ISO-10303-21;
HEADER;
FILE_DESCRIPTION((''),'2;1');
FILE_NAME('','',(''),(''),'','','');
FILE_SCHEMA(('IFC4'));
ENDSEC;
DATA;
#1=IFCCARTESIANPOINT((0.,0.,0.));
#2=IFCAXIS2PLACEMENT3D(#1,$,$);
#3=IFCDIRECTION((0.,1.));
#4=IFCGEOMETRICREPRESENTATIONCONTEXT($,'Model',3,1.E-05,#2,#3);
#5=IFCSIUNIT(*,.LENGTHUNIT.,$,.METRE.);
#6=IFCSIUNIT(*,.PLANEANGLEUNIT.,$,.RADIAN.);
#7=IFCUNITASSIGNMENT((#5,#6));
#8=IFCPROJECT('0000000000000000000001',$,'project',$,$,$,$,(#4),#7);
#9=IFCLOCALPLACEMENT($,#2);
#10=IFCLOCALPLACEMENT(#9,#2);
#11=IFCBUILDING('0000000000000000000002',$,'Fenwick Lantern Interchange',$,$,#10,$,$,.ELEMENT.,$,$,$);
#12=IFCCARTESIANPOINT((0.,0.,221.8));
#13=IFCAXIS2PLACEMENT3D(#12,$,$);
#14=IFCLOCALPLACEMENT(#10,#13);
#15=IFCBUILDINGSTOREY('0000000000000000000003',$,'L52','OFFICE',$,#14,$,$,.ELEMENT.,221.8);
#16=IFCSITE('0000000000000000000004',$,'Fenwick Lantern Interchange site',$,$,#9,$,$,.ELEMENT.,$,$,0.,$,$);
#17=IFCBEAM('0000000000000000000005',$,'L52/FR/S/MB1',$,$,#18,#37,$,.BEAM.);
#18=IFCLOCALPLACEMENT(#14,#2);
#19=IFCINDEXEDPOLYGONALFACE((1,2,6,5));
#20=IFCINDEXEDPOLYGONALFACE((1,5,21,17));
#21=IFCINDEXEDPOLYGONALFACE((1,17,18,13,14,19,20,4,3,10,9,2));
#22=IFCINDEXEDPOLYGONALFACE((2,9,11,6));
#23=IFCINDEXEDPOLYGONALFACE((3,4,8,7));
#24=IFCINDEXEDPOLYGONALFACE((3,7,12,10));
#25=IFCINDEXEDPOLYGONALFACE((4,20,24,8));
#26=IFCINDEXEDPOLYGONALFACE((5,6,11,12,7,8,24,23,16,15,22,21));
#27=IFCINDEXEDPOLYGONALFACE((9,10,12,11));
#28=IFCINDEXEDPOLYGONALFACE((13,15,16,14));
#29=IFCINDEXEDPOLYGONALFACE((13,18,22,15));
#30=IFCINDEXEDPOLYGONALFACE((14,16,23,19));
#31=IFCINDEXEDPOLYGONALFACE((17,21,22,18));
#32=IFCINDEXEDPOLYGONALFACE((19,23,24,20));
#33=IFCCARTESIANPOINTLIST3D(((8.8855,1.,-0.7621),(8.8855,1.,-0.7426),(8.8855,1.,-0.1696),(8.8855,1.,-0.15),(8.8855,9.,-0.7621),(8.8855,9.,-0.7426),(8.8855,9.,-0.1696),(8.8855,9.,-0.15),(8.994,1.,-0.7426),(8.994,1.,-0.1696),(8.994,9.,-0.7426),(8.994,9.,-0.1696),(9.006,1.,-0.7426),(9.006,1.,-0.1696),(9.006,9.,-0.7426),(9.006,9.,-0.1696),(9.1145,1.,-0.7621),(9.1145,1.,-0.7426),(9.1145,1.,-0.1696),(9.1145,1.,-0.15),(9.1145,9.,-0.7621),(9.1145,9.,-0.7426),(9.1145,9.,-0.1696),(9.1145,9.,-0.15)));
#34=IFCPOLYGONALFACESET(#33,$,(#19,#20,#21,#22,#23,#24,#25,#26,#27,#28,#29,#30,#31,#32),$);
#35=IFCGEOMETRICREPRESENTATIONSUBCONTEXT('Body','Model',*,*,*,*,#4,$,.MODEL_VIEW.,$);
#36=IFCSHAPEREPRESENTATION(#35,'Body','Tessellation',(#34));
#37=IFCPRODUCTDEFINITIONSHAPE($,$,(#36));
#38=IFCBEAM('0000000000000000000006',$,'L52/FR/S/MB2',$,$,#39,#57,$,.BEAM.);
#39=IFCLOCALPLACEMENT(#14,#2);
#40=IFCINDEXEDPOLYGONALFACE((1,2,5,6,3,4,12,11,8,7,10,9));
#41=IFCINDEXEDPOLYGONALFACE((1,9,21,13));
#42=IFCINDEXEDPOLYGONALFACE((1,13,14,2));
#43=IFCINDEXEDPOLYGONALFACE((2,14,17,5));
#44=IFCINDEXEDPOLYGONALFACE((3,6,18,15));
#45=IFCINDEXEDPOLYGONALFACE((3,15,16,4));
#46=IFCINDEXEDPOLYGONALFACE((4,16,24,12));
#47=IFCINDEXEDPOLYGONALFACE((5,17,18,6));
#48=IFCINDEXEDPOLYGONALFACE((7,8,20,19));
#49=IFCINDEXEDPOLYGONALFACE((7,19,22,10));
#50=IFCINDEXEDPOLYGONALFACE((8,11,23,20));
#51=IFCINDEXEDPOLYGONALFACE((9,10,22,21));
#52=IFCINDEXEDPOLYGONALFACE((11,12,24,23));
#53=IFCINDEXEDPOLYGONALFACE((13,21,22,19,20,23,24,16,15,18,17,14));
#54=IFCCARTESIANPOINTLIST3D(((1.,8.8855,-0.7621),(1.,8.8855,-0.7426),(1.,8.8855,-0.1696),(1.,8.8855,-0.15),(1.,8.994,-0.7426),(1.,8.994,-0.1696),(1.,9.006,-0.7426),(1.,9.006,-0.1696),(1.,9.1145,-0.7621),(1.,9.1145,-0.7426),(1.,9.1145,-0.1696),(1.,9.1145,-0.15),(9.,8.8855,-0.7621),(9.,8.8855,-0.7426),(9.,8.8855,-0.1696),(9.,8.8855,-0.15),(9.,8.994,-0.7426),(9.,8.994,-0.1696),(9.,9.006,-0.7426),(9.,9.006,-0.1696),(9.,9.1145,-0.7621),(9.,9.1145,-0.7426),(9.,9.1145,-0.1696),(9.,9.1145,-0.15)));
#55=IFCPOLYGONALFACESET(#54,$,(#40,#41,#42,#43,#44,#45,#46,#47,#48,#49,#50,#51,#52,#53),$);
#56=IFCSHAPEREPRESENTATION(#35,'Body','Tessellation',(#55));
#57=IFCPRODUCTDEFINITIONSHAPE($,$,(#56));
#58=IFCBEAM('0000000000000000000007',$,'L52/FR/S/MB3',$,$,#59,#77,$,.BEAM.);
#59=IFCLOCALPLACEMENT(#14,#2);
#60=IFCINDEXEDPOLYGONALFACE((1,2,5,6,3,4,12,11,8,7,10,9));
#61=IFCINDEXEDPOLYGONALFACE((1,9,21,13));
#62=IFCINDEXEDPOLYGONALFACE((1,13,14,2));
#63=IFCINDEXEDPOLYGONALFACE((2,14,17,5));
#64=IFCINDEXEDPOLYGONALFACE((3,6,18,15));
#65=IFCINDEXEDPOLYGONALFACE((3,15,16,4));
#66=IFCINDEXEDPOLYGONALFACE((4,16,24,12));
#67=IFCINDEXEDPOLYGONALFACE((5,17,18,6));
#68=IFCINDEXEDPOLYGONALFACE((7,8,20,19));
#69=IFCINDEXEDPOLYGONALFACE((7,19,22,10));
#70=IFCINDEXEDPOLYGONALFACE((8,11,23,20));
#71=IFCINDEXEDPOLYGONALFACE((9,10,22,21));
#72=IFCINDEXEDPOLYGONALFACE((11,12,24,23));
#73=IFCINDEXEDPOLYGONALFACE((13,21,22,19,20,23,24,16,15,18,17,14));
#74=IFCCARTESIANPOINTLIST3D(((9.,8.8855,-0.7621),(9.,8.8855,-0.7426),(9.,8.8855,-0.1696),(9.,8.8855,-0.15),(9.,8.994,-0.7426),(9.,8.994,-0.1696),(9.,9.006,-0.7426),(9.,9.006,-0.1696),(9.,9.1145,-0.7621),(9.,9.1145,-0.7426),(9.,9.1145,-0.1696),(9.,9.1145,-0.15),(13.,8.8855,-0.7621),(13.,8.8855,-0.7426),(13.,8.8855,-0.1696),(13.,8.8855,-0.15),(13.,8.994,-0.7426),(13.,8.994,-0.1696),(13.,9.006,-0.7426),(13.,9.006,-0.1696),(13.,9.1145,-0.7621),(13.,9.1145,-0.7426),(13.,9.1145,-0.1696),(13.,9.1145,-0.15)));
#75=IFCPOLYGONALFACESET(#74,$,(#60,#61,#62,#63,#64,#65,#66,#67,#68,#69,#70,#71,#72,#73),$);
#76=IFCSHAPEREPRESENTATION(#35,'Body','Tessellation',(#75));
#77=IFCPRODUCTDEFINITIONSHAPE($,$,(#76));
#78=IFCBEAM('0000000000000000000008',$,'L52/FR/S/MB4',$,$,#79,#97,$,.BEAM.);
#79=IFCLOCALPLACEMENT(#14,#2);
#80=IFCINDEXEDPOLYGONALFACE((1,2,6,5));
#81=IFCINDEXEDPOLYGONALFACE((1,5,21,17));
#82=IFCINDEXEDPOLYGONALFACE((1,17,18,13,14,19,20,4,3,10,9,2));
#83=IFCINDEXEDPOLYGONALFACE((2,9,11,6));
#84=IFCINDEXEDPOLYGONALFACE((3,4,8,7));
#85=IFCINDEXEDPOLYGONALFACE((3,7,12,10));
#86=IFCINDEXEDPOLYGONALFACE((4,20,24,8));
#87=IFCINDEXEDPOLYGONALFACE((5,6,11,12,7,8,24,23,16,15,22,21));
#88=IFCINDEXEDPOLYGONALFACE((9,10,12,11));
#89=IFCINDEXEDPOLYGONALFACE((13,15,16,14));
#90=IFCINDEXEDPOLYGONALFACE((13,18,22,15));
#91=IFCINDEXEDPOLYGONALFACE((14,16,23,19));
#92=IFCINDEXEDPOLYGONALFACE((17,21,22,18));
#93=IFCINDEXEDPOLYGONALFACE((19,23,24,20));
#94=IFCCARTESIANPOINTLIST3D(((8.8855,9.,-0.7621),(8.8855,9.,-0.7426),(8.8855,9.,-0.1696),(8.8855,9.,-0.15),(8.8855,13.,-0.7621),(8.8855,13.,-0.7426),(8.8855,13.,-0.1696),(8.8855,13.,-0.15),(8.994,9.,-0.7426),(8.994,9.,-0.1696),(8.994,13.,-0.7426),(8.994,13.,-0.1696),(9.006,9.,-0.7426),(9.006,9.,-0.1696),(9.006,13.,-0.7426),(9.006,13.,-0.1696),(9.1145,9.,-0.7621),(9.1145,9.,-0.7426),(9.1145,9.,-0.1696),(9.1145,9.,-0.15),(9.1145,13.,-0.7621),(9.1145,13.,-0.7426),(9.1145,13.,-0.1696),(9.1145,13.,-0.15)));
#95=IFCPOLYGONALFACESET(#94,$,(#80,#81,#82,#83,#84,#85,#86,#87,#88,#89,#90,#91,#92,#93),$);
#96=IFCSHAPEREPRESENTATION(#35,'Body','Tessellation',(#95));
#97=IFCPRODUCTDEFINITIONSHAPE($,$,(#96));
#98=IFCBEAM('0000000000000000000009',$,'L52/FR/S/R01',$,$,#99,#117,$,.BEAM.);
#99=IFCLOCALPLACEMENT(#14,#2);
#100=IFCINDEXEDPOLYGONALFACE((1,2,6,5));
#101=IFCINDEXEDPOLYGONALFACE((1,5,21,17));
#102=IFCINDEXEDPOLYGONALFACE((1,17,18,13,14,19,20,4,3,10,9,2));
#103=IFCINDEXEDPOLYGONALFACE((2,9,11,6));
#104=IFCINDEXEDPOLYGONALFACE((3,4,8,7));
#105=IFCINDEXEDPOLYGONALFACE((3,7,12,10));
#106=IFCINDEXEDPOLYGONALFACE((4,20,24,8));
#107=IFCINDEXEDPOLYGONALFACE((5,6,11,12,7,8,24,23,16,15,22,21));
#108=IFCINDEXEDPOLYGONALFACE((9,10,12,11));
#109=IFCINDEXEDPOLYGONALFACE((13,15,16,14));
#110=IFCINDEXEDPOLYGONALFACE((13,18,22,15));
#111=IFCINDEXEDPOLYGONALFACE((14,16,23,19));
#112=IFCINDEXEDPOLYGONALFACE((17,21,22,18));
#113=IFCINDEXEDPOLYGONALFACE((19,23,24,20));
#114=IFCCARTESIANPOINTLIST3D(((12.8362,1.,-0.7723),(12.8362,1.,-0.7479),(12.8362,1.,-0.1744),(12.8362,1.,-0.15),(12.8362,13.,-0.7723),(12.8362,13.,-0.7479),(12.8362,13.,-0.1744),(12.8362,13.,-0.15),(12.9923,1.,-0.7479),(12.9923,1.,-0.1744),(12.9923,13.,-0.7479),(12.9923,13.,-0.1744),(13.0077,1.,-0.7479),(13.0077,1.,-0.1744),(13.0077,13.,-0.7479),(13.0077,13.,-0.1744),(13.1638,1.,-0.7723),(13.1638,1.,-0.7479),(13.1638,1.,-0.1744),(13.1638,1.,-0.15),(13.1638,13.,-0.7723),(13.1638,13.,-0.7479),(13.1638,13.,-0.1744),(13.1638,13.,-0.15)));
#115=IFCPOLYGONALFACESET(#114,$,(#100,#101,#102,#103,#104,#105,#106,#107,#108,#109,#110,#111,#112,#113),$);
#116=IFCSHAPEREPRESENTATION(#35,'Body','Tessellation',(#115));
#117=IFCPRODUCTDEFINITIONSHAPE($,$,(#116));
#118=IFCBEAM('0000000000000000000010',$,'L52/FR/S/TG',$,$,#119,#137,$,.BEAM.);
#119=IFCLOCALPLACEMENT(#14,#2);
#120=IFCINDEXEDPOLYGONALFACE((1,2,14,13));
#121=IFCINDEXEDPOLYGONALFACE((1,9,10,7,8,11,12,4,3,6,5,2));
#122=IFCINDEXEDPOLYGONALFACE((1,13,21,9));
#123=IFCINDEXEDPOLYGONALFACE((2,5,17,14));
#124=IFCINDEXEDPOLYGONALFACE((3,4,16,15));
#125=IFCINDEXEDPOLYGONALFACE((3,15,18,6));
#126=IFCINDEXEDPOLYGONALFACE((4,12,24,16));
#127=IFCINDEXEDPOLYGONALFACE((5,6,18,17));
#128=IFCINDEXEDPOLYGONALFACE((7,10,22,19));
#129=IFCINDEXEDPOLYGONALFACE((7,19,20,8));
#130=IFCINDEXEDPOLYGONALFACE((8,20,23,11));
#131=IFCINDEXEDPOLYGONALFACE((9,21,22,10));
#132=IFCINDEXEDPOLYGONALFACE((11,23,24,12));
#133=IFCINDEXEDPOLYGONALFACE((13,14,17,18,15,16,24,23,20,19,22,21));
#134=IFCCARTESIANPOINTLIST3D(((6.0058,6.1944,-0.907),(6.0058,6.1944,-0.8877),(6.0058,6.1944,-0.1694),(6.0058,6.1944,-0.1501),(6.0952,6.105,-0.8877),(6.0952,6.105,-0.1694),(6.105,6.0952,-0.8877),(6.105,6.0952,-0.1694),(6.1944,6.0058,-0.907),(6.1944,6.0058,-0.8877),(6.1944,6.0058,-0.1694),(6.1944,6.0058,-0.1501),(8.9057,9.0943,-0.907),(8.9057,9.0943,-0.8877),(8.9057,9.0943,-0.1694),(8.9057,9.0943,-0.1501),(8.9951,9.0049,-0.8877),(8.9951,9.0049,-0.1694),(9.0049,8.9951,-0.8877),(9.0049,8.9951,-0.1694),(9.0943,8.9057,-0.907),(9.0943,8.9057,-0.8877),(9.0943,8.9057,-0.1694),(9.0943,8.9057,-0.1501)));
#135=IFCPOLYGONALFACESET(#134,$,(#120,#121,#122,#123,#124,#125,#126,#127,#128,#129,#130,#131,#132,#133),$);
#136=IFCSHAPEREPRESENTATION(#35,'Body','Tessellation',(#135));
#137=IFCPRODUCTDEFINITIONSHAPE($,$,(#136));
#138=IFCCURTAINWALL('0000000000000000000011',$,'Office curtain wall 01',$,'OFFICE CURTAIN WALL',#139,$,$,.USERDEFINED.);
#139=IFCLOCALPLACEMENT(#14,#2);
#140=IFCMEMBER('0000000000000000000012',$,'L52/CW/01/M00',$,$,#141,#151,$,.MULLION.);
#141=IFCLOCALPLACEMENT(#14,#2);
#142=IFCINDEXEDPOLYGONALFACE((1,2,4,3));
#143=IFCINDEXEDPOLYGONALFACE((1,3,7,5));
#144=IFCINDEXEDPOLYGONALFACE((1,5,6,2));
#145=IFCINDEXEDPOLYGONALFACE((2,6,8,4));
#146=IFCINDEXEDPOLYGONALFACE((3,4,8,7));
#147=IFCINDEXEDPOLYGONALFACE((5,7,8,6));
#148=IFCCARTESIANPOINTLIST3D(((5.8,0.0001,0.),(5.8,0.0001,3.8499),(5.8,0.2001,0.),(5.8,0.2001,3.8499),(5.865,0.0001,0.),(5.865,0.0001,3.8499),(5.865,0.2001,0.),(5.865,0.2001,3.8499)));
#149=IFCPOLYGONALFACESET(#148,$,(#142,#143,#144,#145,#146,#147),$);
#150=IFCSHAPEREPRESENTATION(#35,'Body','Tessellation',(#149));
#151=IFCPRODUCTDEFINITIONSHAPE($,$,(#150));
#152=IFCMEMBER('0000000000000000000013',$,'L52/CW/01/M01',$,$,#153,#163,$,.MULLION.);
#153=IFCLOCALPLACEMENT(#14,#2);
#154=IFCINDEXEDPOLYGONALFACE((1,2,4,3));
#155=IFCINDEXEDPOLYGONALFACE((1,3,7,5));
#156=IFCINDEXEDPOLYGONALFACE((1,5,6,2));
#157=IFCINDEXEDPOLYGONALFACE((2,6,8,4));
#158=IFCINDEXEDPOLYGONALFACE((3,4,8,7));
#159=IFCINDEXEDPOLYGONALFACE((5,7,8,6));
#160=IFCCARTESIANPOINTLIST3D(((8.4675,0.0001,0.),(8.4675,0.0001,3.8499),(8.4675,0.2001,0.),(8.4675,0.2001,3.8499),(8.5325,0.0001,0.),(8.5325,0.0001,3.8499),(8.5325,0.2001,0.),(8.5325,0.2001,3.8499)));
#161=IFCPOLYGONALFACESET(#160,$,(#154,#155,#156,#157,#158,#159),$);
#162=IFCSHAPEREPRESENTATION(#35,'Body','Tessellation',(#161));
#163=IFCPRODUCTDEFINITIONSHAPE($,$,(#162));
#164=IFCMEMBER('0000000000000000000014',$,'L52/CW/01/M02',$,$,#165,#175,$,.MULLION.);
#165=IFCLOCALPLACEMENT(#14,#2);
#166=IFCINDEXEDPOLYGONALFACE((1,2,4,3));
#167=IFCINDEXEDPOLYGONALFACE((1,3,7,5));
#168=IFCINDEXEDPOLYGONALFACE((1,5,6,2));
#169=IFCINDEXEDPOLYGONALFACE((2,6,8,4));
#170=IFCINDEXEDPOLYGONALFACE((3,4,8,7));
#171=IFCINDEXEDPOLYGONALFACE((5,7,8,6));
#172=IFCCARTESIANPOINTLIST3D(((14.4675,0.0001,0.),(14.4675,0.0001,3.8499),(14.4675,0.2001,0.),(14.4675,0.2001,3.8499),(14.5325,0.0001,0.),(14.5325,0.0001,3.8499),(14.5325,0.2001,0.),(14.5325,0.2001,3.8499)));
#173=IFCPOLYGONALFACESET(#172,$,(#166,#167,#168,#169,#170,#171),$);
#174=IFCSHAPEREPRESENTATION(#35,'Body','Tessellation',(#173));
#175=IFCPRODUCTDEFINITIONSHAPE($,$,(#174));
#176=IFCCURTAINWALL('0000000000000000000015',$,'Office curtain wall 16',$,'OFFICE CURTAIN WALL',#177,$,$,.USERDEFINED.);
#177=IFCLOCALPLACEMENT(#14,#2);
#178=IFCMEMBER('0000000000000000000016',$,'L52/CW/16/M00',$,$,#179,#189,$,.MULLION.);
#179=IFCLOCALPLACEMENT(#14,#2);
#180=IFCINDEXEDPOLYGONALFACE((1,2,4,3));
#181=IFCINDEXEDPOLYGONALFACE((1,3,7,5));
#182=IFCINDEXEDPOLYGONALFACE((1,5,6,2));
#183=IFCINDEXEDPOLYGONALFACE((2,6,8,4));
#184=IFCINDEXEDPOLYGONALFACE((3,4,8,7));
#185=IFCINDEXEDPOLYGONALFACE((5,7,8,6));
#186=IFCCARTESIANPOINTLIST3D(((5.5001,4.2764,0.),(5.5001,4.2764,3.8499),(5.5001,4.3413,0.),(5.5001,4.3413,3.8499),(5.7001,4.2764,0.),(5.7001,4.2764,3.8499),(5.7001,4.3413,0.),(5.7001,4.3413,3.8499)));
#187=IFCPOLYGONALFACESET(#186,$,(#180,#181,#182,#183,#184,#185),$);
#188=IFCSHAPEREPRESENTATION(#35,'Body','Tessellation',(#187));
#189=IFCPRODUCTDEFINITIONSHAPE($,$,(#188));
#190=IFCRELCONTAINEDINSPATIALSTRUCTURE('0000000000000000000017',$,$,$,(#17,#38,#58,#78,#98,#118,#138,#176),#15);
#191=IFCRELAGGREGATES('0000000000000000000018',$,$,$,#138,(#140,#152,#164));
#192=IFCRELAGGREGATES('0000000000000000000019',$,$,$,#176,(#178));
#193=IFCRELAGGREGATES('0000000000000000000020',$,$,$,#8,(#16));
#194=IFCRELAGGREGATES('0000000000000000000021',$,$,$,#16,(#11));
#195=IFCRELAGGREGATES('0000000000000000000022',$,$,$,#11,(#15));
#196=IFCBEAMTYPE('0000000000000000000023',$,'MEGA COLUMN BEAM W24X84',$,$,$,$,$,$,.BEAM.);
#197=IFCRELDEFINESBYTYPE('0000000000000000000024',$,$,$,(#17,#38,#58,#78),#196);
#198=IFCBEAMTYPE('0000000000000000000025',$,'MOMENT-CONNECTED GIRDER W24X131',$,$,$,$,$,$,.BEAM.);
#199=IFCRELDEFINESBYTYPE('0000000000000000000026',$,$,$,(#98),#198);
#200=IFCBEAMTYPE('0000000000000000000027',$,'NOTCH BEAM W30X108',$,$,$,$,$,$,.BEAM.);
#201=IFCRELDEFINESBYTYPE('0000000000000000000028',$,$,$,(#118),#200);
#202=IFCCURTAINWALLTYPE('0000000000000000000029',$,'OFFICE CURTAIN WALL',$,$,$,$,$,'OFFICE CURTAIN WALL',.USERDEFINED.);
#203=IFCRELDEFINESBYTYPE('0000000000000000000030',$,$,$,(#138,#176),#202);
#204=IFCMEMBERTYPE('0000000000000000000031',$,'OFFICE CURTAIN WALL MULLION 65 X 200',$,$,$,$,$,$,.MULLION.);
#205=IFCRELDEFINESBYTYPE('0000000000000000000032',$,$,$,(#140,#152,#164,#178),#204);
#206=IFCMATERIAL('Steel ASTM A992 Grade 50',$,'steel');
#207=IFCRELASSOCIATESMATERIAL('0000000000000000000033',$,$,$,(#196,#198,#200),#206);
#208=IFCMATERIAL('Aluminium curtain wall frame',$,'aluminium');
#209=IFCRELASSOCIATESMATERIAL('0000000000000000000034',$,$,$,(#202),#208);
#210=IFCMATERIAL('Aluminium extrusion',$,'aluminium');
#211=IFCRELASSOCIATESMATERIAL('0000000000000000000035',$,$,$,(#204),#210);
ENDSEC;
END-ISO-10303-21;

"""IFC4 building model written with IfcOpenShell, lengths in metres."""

from ifc_helpers import new_model, si_unit, direction, frame, origin, origin_2d, place, context, subcontext, project, spatial, rectangle, i_section, extrude, material, material_profile, profile_set, type_object, element, aggregate, save


model = new_model("IFC4")

# Units and contexts
model_context = context("Model", 3, precision=1e-05, world=origin(), true_north=direction((0.0, 1.0)))
body_context = subcontext(model_context, "Body", "Model", "MODEL_VIEW")
ifc_project = project(units=[si_unit("LENGTHUNIT", "METRE"), si_unit("PLANEANGLEUNIT", "RADIAN")], contexts=[model_context])

# Site, building, storey
site_placement = place(None, origin())
site = spatial("IfcSite", under=ifc_project, at=site_placement, Name="Fenwick Lantern Interchange site", CompositionType="ELEMENT", RefElevation=0.0)
building_placement = place(site_placement, origin())
building = spatial("IfcBuilding", under=site, at=building_placement, Name="Fenwick Lantern Interchange", CompositionType="ELEMENT")
storey_placement = place(building_placement, frame((0.0, 0.0, 221.8)))
storey = spatial("IfcBuildingStorey", under=building, at=storey_placement, Name="L52", Description="OFFICE", CompositionType="ELEMENT", Elevation=221.8)

# Shared definitions
ifc_material_1 = material(Name="Steel ASTM A992 Grade 50", Category="steel")

# Beams
ifc_material_profile_1 = material_profile(ifc_material_1, i_section(OverallWidth=0.229, OverallDepth=0.6121, WebThickness=0.012, FlangeThickness=0.0195, at=origin_2d()), Name="W24X84")
ifc_profile_set_1 = profile_set([ifc_material_profile_1], Name="Steel ASTM A992 Grade 50")
beam_type_1 = type_object("IfcBeamType", Name="MEGA COLUMN BEAM W24X84", PredefinedType="BEAM", material=ifc_profile_set_1)
for number, where, z_axis, x_axis, name in (
    (1, (9.0, 9.0, -0.4561), (0.0, -1.0, 0.0), (1.0, 0.0, 0.0), "L52/FR/S/MB1"),
    (2, (9.0, 9.0, -0.4561), (-1.0, 0.0, 0.0), (0.0, -1.0, 0.0), "L52/FR/S/MB2"),
):
    element("IfcBeam", number, at=place(storey_placement, frame(where, z_axis=z_axis, x_axis=x_axis)), inside=storey, type_object=beam_type_1, Name=name, PredefinedType="BEAM", context=body_context, shape_type="SweptSolid", body=[
        extrude(i_section(OverallWidth=0.229, OverallDepth=0.6121, WebThickness=0.012, FlangeThickness=0.0195, at=origin_2d()), origin(), (0.0, 0.0, 1.0), 8.0),
    ])
for number, where, z_axis, x_axis, name in (
    (3, (9.0, 9.0, -0.4561), (1.0, 0.0, 0.0), (0.0, 1.0, 0.0), "L52/FR/S/MB3"),
    (4, (9.0, 9.0, -0.4561), (0.0, 1.0, 0.0), (-1.0, 0.0, 0.0), "L52/FR/S/MB4"),
):
    element("IfcBeam", number, at=place(storey_placement, frame(where, z_axis=z_axis, x_axis=x_axis)), inside=storey, type_object=beam_type_1, Name=name, PredefinedType="BEAM", context=body_context, shape_type="SweptSolid", body=[
        extrude(i_section(OverallWidth=0.229, OverallDepth=0.6121, WebThickness=0.012, FlangeThickness=0.0195, at=origin_2d()), origin(), (0.0, 0.0, 1.0), 4.0),
    ])
ifc_material_profile_2 = material_profile(ifc_material_1, i_section(OverallWidth=0.3276, OverallDepth=0.6223, WebThickness=0.0154, FlangeThickness=0.0244, at=origin_2d()), Name="W24X131")
ifc_profile_set_2 = profile_set([ifc_material_profile_2], Name="Steel ASTM A992 Grade 50")
beam_type_2 = type_object("IfcBeamType", Name="MOMENT-CONNECTED GIRDER W24X131", PredefinedType="BEAM", material=ifc_profile_set_2)
beam_1_placement = place(storey_placement, frame((13.0, 1.0, -0.4612), z_axis=(0.0, 1.0, 0.0), x_axis=(-1.0, 0.0, 0.0)))
element("IfcBeam", 5, at=beam_1_placement, inside=storey, type_object=beam_type_2, Name="L52/FR/S/R01", PredefinedType="BEAM", context=body_context, shape_type="SweptSolid", body=[
    extrude(i_section(OverallWidth=0.3276, OverallDepth=0.6223, WebThickness=0.0154, FlangeThickness=0.0244, at=origin_2d()), origin(), (0.0, 0.0, 1.0), 12.0),
])
ifc_material_profile_3 = material_profile(ifc_material_1, i_section(OverallWidth=0.2666, OverallDepth=0.7568, WebThickness=0.0139, FlangeThickness=0.0193, at=origin_2d()), Name="W30X108")
ifc_profile_set_3 = profile_set([ifc_material_profile_3], Name="Steel ASTM A992 Grade 50")
beam_type_3 = type_object("IfcBeamType", Name="NOTCH BEAM W30X108", PredefinedType="BEAM", material=ifc_profile_set_3)
beam_2_placement = place(storey_placement, frame((9.0, 9.0, -0.5286), z_axis=(-0.707107, -0.707107, 0.0), x_axis=(0.707107, -0.707107, 0.0)))
element("IfcBeam", 6, at=beam_2_placement, inside=storey, type_object=beam_type_3, Name="L52/FR/S/TG", PredefinedType="BEAM", context=body_context, shape_type="SweptSolid", body=[
    extrude(i_section(OverallWidth=0.2666, OverallDepth=0.7568, WebThickness=0.0139, FlangeThickness=0.0193, at=origin_2d()), origin(), (0.0, 0.0, 1.0), 4.1011),
])

# Curtain walls, members
ifc_material_2 = material(Name="Aluminium curtain wall frame", Category="aluminium")
curtain_wall_type = type_object("IfcCurtainWallType", Name="OFFICE CURTAIN WALL", ElementType="OFFICE CURTAIN WALL", PredefinedType="USERDEFINED", material=ifc_material_2)
curtain_wall_1_placement = place(storey_placement, origin())
curtain_wall_1 = element("IfcCurtainWall", 7, at=curtain_wall_1_placement, inside=storey, type_object=curtain_wall_type, Name="Office curtain wall 01", ObjectType="OFFICE CURTAIN WALL", PredefinedType="USERDEFINED")
ifc_material_3 = material(Name="Aluminium extrusion", Category="aluminium")
ifc_material_profile_4 = material_profile(ifc_material_3, rectangle(XDim=0.2, YDim=0.0649, at=origin_2d()), Name="OFFICE CURTAIN WALL MULLION 65 X 200")
ifc_profile_set_4 = profile_set([ifc_material_profile_4], Name="Aluminium extrusion")
member_type_1 = type_object("IfcMemberType", Name="OFFICE CURTAIN WALL MULLION 65 X 200", PredefinedType="MULLION", material=ifc_profile_set_4)
member_1_placement = place(storey_placement, frame((5.8325, 0.1001, 0.0), z_axis=(0.0, 0.0, 1.0), x_axis=(0.0, 1.0, 0.0)))
member_1 = element("IfcMember", 8, at=member_1_placement, type_object=member_type_1, Name="L52/CW/01/M00", PredefinedType="MULLION", context=body_context, shape_type="SweptSolid", body=[
    extrude(rectangle(XDim=0.2, YDim=0.0649, at=origin_2d()), origin(), (0.0, 0.0, 1.0), 3.8499),
])
member_2_placement = place(storey_placement, frame((8.5, 0.1001, 0.0), z_axis=(0.0, 0.0, 1.0), x_axis=(0.0, 1.0, 0.0)))
member_2 = element("IfcMember", 9, at=member_2_placement, type_object=member_type_1, Name="L52/CW/01/M01", PredefinedType="MULLION", context=body_context, shape_type="SweptSolid", body=[
    extrude(rectangle(XDim=0.2, YDim=0.0649, at=origin_2d()), origin(), (0.0, 0.0, 1.0), 3.8499),
])
member_3_placement = place(storey_placement, frame((14.5, 0.1001, 0.0), z_axis=(0.0, 0.0, 1.0), x_axis=(0.0, 1.0, 0.0)))
member_3 = element("IfcMember", 10, at=member_3_placement, type_object=member_type_1, Name="L52/CW/01/M02", PredefinedType="MULLION", context=body_context, shape_type="SweptSolid", body=[
    extrude(rectangle(XDim=0.2, YDim=0.0649, at=origin_2d()), origin(), (0.0, 0.0, 1.0), 3.8499),
])
curtain_wall_2_placement = place(storey_placement, origin())
curtain_wall_2 = element("IfcCurtainWall", 11, at=curtain_wall_2_placement, inside=storey, type_object=curtain_wall_type, Name="Office curtain wall 16", ObjectType="OFFICE CURTAIN WALL", PredefinedType="USERDEFINED")
member_4_placement = place(storey_placement, frame((5.6001, 4.3088, 0.0), z_axis=(0.0, 0.0, 1.0), x_axis=(1.0, 0.0, 0.0)))
member_4 = element("IfcMember", 12, at=member_4_placement, type_object=member_type_1, Name="L52/CW/16/M00", PredefinedType="MULLION", context=body_context, shape_type="SweptSolid", body=[
    extrude(rectangle(XDim=0.2, YDim=0.0649, at=origin_2d()), origin(), (0.0, 0.0, 1.0), 3.8499),
])

aggregate(curtain_wall_1, [member_1, member_2, member_3])
aggregate(curtain_wall_2, [member_4])

save(model, "model.ifc")
